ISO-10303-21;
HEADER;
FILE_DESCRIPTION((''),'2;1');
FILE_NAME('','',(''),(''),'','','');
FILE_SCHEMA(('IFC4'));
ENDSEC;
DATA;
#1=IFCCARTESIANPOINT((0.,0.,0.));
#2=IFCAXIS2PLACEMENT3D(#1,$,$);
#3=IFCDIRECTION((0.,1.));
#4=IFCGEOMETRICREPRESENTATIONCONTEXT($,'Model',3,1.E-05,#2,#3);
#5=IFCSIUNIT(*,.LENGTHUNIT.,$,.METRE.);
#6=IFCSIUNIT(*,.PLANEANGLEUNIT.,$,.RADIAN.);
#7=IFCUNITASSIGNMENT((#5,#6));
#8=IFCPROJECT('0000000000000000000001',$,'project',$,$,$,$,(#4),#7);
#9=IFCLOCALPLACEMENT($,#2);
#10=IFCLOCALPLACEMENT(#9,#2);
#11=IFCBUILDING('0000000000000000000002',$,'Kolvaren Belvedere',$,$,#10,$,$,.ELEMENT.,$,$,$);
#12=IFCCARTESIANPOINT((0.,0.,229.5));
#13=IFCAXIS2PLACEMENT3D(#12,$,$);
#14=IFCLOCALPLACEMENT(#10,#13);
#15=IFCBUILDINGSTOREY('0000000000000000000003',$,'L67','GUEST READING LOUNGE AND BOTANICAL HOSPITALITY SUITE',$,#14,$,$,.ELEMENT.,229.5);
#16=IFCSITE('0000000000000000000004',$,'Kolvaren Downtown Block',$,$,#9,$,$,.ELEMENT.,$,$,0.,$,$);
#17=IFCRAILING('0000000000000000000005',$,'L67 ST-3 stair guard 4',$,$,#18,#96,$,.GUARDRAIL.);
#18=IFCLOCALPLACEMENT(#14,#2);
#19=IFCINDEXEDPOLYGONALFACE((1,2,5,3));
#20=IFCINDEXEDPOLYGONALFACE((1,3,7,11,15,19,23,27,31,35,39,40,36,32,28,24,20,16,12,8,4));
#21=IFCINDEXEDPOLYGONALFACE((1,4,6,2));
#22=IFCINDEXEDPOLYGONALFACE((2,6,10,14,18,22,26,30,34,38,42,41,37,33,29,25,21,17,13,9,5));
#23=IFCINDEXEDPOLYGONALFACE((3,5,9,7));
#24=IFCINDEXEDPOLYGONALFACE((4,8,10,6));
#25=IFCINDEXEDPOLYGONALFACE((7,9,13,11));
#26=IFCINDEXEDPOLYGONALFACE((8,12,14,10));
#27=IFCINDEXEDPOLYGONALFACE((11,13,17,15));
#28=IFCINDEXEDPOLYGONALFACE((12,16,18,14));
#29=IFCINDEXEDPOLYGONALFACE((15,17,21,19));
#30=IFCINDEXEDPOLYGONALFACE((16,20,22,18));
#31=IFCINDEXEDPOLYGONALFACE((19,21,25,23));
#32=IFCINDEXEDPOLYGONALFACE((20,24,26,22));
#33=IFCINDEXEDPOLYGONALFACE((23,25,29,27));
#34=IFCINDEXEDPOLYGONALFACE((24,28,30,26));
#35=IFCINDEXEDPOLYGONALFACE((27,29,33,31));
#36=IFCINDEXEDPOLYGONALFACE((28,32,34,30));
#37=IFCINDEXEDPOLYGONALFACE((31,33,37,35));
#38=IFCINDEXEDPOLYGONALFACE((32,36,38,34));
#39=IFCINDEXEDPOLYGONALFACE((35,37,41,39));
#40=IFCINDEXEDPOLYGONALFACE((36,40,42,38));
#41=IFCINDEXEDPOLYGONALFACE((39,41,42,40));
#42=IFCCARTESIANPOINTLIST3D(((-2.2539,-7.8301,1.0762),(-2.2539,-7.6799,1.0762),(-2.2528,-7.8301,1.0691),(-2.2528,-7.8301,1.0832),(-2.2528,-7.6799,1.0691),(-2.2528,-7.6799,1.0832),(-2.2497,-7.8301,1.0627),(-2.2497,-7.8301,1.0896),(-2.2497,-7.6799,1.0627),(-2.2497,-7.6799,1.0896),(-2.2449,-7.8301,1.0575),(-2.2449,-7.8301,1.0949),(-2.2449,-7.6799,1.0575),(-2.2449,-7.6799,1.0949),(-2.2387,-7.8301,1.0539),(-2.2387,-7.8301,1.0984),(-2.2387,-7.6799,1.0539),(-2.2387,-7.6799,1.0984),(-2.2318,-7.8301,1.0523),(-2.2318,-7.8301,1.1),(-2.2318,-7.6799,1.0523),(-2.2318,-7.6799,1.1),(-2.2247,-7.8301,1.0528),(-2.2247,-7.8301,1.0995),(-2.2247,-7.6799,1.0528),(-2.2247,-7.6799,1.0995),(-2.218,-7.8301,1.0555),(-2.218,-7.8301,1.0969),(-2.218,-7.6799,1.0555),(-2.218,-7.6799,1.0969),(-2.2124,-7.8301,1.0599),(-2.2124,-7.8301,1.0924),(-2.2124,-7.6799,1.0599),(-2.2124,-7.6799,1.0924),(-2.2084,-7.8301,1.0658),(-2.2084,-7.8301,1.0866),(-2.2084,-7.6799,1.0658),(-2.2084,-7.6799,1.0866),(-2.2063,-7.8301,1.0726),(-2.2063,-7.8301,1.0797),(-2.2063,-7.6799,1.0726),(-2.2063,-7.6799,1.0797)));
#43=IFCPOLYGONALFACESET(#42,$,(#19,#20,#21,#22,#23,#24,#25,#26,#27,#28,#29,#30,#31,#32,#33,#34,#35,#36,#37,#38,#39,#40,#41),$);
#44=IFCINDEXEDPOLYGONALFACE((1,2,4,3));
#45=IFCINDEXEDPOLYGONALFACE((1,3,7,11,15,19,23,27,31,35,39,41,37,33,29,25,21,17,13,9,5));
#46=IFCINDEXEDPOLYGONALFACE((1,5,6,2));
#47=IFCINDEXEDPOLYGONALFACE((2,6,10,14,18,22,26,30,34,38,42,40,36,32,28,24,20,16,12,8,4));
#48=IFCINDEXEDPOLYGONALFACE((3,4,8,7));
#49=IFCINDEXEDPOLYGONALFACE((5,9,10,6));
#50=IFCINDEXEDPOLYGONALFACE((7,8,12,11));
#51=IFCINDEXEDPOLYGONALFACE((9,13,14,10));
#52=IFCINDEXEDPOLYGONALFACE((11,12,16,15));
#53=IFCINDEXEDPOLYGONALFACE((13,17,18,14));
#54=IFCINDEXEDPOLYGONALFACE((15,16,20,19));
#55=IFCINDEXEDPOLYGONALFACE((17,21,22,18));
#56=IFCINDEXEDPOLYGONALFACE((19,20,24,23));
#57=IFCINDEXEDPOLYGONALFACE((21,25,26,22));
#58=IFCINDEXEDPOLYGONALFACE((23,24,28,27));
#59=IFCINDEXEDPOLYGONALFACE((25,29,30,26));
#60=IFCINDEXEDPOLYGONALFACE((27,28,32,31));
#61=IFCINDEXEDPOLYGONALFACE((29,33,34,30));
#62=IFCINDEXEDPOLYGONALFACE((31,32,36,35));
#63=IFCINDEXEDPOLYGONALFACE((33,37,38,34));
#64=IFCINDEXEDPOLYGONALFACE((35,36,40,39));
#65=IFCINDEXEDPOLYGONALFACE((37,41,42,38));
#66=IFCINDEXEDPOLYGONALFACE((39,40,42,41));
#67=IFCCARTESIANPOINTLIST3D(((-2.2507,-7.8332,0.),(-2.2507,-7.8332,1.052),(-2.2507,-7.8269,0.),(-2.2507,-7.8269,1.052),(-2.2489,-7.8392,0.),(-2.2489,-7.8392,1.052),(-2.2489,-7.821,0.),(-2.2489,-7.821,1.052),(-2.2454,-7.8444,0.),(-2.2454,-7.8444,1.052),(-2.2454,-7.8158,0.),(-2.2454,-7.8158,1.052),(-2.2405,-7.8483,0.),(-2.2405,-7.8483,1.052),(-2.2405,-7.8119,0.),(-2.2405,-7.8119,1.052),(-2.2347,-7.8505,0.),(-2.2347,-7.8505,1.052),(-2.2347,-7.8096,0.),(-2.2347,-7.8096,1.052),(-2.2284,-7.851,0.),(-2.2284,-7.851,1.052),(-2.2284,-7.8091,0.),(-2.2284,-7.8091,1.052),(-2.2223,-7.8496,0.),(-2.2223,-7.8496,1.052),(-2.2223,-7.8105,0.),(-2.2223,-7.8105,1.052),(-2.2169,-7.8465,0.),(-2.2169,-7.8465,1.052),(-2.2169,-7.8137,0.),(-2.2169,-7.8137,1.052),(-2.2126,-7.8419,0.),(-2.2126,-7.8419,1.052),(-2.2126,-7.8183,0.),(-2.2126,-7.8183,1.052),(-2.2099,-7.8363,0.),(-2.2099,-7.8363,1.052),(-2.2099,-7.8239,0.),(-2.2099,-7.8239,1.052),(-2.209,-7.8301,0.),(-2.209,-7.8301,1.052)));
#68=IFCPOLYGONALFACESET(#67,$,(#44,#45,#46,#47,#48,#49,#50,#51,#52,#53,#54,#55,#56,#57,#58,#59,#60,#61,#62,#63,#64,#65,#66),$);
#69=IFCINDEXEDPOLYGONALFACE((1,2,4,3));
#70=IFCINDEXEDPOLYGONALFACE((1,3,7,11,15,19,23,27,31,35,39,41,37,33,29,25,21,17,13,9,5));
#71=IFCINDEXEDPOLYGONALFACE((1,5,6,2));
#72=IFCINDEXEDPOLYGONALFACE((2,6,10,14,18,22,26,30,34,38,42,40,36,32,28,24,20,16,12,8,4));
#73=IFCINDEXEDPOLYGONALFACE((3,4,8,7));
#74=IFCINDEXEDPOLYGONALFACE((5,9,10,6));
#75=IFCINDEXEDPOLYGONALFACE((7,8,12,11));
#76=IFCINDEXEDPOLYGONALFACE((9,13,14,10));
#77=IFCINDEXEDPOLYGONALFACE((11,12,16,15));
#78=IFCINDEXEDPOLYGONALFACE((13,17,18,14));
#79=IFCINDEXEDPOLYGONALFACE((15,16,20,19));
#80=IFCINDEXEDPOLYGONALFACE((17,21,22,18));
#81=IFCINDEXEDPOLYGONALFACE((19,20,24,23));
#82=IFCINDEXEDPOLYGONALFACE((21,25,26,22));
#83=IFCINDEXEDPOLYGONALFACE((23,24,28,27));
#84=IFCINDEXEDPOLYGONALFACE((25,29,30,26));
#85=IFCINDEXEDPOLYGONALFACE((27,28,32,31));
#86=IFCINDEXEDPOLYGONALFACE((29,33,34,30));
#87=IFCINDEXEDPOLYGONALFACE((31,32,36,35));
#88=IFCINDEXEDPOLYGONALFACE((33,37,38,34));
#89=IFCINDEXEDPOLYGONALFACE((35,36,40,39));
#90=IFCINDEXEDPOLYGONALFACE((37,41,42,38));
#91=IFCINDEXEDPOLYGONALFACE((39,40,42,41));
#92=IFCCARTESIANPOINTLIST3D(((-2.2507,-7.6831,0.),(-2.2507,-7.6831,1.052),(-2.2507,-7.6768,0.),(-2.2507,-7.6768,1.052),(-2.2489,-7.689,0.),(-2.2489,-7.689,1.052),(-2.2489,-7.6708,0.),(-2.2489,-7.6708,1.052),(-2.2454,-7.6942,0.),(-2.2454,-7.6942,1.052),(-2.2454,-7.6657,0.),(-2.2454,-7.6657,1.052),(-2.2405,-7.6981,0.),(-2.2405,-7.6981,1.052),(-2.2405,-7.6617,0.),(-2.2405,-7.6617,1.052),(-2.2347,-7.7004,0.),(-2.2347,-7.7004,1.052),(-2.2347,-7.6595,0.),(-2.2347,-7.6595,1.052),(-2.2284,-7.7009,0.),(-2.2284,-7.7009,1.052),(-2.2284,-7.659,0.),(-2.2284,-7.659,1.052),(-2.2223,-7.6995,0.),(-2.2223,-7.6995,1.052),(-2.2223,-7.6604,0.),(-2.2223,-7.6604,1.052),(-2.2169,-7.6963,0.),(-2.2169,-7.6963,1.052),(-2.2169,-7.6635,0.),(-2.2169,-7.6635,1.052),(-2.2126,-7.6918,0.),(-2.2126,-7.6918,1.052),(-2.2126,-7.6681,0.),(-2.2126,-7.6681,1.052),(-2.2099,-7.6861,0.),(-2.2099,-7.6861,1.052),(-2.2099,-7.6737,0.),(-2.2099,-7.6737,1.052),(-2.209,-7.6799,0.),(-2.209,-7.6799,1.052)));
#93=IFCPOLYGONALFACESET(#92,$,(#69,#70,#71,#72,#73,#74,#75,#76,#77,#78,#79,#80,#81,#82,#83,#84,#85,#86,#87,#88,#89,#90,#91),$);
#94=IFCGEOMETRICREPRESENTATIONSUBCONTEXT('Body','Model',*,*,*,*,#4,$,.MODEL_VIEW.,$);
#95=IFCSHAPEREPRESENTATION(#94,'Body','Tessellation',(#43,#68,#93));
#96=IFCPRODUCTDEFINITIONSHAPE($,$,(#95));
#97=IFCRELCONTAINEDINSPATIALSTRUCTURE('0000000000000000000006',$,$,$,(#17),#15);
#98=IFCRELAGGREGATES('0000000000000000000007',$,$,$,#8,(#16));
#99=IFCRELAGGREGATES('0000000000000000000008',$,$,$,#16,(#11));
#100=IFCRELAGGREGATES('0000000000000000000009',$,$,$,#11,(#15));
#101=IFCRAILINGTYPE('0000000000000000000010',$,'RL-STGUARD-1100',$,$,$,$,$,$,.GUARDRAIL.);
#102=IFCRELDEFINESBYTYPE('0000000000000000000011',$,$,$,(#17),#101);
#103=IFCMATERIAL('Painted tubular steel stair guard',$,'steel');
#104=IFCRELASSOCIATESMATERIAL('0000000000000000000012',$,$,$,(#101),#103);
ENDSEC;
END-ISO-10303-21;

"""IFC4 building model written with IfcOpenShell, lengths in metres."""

from ifc_helpers import new_model, si_unit, direction, frame, origin, origin_2d, place, context, subcontext, project, spatial, circle, extrude, material, type_object, element, save


model = new_model("IFC4")

# Units and contexts
model_context = context("Model", 3, precision=1e-05, world=origin(), true_north=direction((0.0, 1.0)))
body_context = subcontext(model_context, "Body", "Model", "MODEL_VIEW")
ifc_project = project(units=[si_unit("LENGTHUNIT", "METRE"), si_unit("PLANEANGLEUNIT", "RADIAN")], contexts=[model_context])

# Site, building, storey
site_placement = place(None, origin())
site = spatial("IfcSite", under=ifc_project, at=site_placement, Name="Kolvaren Downtown Block", CompositionType="ELEMENT", RefElevation=0.0)
building_placement = place(site_placement, origin())
building = spatial("IfcBuilding", under=site, at=building_placement, Name="Kolvaren Belvedere", CompositionType="ELEMENT")
storey_placement = place(building_placement, frame((0.0, 0.0, 229.5)))
storey = spatial("IfcBuildingStorey", under=building, at=storey_placement, Name="L67", Description="GUEST READING LOUNGE AND BOTANICAL HOSPITALITY SUITE", CompositionType="ELEMENT", Elevation=229.5)

# Railing
ifc_material_1 = material(Name="Painted tubular steel stair guard", Category="steel")
railing_type_1 = type_object("IfcRailingType", Name="RL-STGUARD-1100", PredefinedType="GUARDRAIL", material=ifc_material_1)
railing_1_placement = place(storey_placement, frame((-2.23, -7.8301, 0.0)))
element("IfcRailing", 1, at=railing_1_placement, inside=storey, type_object=railing_type_1, Name="L67 ST-3 stair guard 4", PredefinedType="GUARDRAIL", context=body_context, shape_type="SweptSolid", body=[
    extrude(circle(Radius=0.0239, at=origin_2d()), frame((0.0, 0.0, 1.0762), z_axis=(0.0, 1.0, 0.0), x_axis=(-1.0, 0.0, 0.0)), (0.0, 0.0, 1.0), 0.1501),
    extrude(circle(Radius=0.021, at=origin_2d()), origin(), (0.0, 0.0, 1.0), 1.052),
    extrude(circle(Radius=0.021, at=origin_2d()), frame((0.0, 0.1501, 0.0)), (0.0, 0.0, 1.0), 1.052),
])

save(model, "model.ifc")
